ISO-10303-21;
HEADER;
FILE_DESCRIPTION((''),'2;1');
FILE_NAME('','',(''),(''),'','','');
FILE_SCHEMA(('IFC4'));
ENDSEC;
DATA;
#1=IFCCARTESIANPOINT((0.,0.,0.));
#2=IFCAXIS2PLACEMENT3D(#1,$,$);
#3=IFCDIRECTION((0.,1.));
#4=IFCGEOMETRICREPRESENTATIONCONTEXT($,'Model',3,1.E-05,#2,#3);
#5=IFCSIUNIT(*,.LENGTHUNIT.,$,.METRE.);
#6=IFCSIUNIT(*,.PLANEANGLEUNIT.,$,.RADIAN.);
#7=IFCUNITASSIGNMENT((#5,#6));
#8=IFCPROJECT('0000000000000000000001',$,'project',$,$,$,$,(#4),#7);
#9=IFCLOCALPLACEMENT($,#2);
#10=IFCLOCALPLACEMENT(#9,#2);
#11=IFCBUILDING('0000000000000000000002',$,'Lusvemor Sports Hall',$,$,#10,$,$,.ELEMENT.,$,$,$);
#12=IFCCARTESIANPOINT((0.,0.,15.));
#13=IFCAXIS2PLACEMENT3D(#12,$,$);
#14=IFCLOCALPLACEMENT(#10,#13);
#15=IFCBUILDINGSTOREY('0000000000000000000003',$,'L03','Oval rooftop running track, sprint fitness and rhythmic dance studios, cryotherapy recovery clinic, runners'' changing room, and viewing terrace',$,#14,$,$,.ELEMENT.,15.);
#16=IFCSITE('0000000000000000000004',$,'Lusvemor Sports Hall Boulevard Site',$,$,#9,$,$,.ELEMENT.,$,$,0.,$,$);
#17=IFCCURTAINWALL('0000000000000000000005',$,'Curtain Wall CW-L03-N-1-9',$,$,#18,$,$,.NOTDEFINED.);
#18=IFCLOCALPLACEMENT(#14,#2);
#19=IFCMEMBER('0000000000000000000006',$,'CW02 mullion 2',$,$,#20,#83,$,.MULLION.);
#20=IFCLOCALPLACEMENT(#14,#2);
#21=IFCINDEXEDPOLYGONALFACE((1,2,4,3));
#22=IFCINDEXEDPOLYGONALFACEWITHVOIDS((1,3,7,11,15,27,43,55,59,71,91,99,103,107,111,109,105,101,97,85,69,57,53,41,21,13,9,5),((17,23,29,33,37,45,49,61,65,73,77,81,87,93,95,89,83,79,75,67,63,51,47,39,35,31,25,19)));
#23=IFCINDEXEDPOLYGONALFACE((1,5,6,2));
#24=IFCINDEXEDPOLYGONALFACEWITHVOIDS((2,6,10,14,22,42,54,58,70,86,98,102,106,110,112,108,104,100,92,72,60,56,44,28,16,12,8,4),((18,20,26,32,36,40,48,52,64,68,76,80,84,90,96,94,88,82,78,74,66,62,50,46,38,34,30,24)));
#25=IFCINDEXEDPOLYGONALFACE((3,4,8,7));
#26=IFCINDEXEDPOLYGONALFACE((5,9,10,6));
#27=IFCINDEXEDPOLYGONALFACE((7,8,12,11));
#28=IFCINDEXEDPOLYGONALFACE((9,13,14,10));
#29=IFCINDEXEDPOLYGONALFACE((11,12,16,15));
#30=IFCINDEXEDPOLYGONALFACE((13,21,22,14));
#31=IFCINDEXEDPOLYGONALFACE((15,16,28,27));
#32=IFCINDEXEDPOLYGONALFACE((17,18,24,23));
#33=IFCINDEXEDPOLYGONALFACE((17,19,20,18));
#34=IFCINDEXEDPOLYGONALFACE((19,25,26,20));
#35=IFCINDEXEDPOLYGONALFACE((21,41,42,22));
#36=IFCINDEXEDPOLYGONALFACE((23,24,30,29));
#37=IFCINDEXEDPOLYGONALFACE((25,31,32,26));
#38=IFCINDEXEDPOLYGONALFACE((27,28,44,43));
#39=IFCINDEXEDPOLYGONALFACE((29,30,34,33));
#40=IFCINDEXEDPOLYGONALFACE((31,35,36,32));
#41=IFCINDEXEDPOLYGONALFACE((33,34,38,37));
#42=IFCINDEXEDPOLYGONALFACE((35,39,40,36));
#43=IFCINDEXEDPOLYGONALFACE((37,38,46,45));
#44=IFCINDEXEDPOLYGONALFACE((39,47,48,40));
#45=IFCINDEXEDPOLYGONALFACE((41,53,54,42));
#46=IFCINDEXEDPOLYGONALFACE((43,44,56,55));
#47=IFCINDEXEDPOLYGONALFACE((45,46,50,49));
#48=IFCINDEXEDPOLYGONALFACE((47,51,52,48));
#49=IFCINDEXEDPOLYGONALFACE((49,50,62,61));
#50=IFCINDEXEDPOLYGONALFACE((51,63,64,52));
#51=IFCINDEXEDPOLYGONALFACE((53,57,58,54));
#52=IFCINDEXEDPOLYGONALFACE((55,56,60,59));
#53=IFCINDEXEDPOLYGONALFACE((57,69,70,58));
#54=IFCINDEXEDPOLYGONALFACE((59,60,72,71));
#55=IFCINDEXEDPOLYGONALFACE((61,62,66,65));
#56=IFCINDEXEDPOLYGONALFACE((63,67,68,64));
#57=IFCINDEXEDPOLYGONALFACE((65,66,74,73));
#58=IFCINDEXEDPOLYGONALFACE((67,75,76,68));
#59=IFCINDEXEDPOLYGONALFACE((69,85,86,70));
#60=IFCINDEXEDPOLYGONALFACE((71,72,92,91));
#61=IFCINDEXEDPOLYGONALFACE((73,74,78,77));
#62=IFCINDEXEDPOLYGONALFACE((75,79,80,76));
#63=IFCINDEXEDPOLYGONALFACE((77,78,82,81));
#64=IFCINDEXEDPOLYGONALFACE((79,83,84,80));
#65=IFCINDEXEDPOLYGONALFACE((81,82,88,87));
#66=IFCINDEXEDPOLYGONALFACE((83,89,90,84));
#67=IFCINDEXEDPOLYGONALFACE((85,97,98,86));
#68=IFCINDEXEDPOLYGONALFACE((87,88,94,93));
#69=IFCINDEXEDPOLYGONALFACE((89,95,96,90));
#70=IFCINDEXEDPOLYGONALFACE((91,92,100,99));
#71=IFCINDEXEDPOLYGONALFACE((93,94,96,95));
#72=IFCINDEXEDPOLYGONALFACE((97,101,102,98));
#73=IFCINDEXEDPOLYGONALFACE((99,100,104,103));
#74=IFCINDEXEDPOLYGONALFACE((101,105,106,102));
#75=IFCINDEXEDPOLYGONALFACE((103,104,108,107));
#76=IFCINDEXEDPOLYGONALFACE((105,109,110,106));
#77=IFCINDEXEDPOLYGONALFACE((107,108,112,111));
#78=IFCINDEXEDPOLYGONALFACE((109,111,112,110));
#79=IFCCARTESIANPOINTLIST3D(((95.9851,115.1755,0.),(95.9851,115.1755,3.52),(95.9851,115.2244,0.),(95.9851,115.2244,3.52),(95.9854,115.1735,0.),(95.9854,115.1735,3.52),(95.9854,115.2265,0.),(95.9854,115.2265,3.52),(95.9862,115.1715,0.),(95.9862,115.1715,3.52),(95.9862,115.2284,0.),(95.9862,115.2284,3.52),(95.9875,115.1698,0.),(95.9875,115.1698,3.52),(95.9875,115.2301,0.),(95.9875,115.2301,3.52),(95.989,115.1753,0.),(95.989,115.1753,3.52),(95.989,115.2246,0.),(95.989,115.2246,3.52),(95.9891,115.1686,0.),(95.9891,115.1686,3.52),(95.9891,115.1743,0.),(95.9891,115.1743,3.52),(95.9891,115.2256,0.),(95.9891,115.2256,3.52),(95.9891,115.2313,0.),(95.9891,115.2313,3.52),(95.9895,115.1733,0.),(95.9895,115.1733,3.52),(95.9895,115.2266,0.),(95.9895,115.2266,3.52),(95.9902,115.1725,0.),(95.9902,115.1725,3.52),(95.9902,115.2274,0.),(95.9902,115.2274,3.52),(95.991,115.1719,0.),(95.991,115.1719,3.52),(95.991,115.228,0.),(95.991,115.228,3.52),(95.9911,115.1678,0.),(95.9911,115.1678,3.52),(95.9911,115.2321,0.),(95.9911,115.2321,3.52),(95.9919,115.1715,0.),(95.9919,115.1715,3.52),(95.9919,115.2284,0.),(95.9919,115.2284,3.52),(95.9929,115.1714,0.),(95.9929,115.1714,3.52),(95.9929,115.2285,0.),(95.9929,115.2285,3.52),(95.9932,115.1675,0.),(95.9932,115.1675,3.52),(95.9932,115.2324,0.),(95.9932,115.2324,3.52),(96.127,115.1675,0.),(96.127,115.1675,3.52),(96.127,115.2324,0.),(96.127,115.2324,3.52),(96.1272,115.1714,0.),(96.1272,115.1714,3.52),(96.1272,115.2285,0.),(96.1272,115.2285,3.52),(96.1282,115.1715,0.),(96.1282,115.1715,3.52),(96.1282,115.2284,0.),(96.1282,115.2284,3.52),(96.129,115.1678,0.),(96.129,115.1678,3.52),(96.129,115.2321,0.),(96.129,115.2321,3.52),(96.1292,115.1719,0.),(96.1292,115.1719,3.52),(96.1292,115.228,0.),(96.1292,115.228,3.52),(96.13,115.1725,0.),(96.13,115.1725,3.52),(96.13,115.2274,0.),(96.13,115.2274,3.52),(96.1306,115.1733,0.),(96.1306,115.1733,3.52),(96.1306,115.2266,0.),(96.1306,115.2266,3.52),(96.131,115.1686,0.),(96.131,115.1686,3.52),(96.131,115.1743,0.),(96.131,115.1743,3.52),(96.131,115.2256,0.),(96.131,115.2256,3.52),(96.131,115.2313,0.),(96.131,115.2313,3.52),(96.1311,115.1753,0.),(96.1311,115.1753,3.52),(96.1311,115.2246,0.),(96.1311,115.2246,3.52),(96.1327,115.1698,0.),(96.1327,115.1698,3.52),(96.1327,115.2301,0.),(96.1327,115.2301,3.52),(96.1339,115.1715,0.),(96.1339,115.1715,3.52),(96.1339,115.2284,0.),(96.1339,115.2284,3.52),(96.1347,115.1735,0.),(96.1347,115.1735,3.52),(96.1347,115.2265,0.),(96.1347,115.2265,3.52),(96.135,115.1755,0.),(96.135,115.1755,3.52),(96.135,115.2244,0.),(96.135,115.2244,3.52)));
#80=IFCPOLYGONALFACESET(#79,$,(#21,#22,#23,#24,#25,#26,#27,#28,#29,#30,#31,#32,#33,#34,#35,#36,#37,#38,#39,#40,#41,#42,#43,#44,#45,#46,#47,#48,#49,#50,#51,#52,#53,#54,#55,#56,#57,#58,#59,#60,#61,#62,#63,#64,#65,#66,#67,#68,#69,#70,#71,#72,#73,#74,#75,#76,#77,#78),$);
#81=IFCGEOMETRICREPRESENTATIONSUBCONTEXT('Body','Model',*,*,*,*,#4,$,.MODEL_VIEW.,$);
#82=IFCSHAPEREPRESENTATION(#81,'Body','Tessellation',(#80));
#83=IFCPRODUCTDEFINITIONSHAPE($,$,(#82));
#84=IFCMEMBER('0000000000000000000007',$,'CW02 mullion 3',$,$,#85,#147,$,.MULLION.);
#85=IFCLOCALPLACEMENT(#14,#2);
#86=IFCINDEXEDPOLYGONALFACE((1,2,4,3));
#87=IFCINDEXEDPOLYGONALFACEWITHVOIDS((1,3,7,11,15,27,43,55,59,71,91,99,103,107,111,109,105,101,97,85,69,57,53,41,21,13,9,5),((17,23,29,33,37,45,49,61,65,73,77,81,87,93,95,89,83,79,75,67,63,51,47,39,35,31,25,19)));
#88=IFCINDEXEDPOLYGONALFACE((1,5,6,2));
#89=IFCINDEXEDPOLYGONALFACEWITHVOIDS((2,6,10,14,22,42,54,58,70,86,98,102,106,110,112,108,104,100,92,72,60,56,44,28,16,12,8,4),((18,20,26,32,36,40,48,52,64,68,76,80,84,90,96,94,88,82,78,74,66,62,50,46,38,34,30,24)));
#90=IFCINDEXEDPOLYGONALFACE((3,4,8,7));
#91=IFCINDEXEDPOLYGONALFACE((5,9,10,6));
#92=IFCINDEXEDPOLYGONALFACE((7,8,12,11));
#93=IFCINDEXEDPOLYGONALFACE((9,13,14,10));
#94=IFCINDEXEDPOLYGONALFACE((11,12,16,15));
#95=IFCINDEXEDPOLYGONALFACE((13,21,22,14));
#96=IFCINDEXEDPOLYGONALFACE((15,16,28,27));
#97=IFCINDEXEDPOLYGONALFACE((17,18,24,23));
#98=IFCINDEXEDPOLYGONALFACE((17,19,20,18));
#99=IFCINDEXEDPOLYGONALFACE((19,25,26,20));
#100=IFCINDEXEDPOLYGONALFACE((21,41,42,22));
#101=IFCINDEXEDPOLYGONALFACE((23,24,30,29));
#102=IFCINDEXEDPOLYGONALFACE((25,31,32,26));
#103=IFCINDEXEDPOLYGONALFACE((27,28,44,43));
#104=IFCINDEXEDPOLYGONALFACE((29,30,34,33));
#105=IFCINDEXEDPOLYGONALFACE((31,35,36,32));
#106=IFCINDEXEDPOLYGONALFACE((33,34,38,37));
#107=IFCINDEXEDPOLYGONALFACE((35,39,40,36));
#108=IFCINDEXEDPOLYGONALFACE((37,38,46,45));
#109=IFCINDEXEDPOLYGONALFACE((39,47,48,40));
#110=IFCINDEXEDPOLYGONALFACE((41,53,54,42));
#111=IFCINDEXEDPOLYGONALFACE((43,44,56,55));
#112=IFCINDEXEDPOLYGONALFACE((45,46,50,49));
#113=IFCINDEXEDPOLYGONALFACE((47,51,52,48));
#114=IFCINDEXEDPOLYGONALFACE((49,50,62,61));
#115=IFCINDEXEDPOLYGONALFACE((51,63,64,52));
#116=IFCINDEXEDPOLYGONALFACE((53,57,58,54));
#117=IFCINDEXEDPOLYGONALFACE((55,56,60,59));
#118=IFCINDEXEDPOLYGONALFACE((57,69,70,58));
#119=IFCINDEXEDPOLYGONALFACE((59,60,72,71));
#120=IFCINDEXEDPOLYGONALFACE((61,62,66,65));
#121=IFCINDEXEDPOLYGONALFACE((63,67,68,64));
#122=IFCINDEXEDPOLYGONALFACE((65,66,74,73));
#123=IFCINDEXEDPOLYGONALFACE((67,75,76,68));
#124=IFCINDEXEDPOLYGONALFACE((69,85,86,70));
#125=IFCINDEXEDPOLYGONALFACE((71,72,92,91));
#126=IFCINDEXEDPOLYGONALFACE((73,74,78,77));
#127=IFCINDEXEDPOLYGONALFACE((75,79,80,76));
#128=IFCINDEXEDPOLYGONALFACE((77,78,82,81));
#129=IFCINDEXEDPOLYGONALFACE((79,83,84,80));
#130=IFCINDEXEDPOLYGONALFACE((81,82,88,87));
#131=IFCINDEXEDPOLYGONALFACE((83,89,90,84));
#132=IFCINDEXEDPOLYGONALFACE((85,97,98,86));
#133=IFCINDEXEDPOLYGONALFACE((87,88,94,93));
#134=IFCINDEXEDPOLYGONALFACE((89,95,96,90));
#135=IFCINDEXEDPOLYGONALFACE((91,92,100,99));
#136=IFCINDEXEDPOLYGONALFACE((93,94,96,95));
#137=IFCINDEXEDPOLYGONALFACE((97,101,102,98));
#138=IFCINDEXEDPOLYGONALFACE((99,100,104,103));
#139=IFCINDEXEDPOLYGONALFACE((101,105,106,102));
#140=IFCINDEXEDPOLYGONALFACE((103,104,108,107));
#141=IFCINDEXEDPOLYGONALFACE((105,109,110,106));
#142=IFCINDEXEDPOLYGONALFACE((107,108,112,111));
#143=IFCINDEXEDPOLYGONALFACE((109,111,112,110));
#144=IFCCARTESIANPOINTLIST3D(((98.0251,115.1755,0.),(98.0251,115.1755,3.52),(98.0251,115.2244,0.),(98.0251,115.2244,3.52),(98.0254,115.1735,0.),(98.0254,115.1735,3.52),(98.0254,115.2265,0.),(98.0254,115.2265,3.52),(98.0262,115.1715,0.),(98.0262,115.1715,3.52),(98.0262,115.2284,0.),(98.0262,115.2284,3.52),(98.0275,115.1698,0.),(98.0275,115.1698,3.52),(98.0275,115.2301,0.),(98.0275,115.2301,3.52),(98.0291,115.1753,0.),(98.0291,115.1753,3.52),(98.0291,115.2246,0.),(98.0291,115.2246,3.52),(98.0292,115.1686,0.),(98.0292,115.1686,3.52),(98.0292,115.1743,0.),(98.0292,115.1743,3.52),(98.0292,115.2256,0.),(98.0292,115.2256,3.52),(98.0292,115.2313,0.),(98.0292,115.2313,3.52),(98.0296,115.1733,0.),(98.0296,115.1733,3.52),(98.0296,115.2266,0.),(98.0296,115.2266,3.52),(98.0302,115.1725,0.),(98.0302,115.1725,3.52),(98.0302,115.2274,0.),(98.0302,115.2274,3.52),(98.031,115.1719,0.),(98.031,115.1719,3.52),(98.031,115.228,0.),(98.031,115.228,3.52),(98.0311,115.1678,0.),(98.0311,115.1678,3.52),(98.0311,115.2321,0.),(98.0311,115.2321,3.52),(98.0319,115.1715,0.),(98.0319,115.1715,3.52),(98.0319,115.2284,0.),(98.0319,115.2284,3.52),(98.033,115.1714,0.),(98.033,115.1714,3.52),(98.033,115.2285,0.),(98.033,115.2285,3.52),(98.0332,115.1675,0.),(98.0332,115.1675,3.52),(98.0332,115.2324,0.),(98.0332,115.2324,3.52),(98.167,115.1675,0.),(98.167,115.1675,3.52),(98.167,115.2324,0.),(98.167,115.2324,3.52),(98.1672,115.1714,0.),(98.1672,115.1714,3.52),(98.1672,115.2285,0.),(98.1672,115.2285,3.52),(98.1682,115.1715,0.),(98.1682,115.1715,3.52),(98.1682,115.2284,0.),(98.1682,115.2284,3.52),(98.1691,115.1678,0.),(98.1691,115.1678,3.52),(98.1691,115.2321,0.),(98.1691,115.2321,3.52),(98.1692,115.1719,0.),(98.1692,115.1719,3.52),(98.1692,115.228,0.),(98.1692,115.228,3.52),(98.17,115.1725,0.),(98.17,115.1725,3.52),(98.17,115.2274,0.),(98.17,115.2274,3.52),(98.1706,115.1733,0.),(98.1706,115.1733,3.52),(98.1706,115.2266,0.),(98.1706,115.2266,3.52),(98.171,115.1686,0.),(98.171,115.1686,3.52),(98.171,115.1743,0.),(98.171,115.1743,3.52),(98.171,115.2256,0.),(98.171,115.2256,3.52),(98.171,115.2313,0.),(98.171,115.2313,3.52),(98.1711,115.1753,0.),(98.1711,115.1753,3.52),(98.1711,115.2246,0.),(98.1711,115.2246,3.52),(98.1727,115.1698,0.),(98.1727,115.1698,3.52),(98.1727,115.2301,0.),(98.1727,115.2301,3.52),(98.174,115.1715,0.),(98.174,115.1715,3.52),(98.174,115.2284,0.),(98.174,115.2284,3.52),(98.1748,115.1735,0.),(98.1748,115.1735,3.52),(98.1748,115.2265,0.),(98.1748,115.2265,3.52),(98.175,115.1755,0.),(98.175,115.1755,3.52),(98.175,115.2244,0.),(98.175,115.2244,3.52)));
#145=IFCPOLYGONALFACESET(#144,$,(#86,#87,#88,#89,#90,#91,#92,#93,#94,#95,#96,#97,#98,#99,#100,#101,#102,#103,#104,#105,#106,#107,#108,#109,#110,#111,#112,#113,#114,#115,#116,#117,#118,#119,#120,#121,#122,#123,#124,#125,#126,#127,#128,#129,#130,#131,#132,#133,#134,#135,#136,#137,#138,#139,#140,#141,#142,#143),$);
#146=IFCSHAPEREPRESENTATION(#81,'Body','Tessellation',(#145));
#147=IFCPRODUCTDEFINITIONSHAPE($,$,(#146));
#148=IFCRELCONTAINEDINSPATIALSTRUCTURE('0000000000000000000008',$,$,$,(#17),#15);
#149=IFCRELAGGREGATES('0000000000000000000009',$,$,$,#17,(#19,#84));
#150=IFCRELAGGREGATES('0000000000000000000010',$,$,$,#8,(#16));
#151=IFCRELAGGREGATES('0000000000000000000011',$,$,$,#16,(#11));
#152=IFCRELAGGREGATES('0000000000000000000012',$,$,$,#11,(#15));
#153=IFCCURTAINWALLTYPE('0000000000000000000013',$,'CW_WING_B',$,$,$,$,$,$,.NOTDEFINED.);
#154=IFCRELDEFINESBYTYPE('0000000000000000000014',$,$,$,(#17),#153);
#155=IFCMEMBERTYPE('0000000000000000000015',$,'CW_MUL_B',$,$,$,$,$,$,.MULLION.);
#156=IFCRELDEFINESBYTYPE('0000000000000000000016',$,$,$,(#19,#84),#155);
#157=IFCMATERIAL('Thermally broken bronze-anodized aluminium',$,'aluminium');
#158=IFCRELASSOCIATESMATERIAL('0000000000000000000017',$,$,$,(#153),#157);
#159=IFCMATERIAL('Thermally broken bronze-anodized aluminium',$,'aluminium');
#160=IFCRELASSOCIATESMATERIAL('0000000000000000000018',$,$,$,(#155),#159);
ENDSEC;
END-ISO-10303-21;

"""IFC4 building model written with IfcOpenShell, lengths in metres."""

from ifc_helpers import new_model, si_unit, direction, frame, origin, origin_2d, place, context, subcontext, project, spatial, hollow_rectangle, extrude, material, material_profile, profile_set, type_object, element, aggregate, save


model = new_model("IFC4")

# Units and contexts
model_context = context("Model", 3, precision=1e-05, world=origin(), true_north=direction((0.0, 1.0)))
body_context = subcontext(model_context, "Body", "Model", "MODEL_VIEW")
ifc_project = project(units=[si_unit("LENGTHUNIT", "METRE"), si_unit("PLANEANGLEUNIT", "RADIAN")], contexts=[model_context])

# Site, building, storey
site_placement = place(None, origin())
site = spatial("IfcSite", under=ifc_project, at=site_placement, Name="Lusvemor Sports Hall Boulevard Site", CompositionType="ELEMENT", RefElevation=0.0)
building_placement = place(site_placement, origin())
building = spatial("IfcBuilding", under=site, at=building_placement, Name="Lusvemor Sports Hall", CompositionType="ELEMENT")
storey_placement = place(building_placement, frame((0.0, 0.0, 15.0)))
storey = spatial("IfcBuildingStorey", under=building, at=storey_placement, Name="L03", Description="Oval rooftop running track, sprint fitness and rhythmic dance studios, cryotherapy recovery clinic, runners' changing room, and viewing terrace", CompositionType="ELEMENT", Elevation=15.0)

# Curtain wall, members
ifc_material_1 = material(Name="Thermally broken bronze-anodized aluminium", Category="aluminium")
curtain_wall_type = type_object("IfcCurtainWallType", Name="CW_WING_B", PredefinedType="NOTDEFINED", material=ifc_material_1)
curtain_wall_placement = place(storey_placement, origin())
curtain_wall = element("IfcCurtainWall", 1, at=curtain_wall_placement, inside=storey, type_object=curtain_wall_type, Name="Curtain Wall CW-L03-N-1-9", PredefinedType="NOTDEFINED")
ifc_material_2 = material(Name="Thermally broken bronze-anodized aluminium", Category="aluminium")
ifc_material_profile_1 = material_profile(ifc_material_2, hollow_rectangle(XDim=0.0649, YDim=0.1499, WallThickness=0.0039, InnerFilletRadius=0.0039, OuterFilletRadius=0.0081, at=origin_2d()), Name="CWMUL150x65x4")
ifc_profile_set_1 = profile_set([ifc_material_profile_1], Name="Thermally broken bronze-anodized aluminium")
member_type_1 = type_object("IfcMemberType", Name="CW_MUL_B", PredefinedType="MULLION", material=ifc_profile_set_1)
member_1_placement = place(storey_placement, frame((96.0601, 115.2, 0.0), z_axis=(0.0, 0.0, 1.0), x_axis=(0.0, 1.0, 0.0)))
member_1 = element("IfcMember", 2, at=member_1_placement, type_object=member_type_1, Name="CW02 mullion 2", PredefinedType="MULLION", context=body_context, shape_type="SweptSolid", body=[
    extrude(hollow_rectangle(XDim=0.0649, YDim=0.1499, WallThickness=0.0039, InnerFilletRadius=0.0039, OuterFilletRadius=0.0081, at=origin_2d()), origin(), (0.0, 0.0, 1.0), 3.52),
])
member_2_placement = place(storey_placement, frame((98.1001, 115.2, 0.0), z_axis=(0.0, 0.0, 1.0), x_axis=(0.0, 1.0, 0.0)))
member_2 = element("IfcMember", 3, at=member_2_placement, type_object=member_type_1, Name="CW02 mullion 3", PredefinedType="MULLION", context=body_context, shape_type="SweptSolid", body=[
    extrude(hollow_rectangle(XDim=0.0649, YDim=0.1499, WallThickness=0.0039, InnerFilletRadius=0.0039, OuterFilletRadius=0.0081, at=origin_2d()), origin(), (0.0, 0.0, 1.0), 3.52),
])

aggregate(curtain_wall, [member_1, member_2])

save(model, "model.ifc")
